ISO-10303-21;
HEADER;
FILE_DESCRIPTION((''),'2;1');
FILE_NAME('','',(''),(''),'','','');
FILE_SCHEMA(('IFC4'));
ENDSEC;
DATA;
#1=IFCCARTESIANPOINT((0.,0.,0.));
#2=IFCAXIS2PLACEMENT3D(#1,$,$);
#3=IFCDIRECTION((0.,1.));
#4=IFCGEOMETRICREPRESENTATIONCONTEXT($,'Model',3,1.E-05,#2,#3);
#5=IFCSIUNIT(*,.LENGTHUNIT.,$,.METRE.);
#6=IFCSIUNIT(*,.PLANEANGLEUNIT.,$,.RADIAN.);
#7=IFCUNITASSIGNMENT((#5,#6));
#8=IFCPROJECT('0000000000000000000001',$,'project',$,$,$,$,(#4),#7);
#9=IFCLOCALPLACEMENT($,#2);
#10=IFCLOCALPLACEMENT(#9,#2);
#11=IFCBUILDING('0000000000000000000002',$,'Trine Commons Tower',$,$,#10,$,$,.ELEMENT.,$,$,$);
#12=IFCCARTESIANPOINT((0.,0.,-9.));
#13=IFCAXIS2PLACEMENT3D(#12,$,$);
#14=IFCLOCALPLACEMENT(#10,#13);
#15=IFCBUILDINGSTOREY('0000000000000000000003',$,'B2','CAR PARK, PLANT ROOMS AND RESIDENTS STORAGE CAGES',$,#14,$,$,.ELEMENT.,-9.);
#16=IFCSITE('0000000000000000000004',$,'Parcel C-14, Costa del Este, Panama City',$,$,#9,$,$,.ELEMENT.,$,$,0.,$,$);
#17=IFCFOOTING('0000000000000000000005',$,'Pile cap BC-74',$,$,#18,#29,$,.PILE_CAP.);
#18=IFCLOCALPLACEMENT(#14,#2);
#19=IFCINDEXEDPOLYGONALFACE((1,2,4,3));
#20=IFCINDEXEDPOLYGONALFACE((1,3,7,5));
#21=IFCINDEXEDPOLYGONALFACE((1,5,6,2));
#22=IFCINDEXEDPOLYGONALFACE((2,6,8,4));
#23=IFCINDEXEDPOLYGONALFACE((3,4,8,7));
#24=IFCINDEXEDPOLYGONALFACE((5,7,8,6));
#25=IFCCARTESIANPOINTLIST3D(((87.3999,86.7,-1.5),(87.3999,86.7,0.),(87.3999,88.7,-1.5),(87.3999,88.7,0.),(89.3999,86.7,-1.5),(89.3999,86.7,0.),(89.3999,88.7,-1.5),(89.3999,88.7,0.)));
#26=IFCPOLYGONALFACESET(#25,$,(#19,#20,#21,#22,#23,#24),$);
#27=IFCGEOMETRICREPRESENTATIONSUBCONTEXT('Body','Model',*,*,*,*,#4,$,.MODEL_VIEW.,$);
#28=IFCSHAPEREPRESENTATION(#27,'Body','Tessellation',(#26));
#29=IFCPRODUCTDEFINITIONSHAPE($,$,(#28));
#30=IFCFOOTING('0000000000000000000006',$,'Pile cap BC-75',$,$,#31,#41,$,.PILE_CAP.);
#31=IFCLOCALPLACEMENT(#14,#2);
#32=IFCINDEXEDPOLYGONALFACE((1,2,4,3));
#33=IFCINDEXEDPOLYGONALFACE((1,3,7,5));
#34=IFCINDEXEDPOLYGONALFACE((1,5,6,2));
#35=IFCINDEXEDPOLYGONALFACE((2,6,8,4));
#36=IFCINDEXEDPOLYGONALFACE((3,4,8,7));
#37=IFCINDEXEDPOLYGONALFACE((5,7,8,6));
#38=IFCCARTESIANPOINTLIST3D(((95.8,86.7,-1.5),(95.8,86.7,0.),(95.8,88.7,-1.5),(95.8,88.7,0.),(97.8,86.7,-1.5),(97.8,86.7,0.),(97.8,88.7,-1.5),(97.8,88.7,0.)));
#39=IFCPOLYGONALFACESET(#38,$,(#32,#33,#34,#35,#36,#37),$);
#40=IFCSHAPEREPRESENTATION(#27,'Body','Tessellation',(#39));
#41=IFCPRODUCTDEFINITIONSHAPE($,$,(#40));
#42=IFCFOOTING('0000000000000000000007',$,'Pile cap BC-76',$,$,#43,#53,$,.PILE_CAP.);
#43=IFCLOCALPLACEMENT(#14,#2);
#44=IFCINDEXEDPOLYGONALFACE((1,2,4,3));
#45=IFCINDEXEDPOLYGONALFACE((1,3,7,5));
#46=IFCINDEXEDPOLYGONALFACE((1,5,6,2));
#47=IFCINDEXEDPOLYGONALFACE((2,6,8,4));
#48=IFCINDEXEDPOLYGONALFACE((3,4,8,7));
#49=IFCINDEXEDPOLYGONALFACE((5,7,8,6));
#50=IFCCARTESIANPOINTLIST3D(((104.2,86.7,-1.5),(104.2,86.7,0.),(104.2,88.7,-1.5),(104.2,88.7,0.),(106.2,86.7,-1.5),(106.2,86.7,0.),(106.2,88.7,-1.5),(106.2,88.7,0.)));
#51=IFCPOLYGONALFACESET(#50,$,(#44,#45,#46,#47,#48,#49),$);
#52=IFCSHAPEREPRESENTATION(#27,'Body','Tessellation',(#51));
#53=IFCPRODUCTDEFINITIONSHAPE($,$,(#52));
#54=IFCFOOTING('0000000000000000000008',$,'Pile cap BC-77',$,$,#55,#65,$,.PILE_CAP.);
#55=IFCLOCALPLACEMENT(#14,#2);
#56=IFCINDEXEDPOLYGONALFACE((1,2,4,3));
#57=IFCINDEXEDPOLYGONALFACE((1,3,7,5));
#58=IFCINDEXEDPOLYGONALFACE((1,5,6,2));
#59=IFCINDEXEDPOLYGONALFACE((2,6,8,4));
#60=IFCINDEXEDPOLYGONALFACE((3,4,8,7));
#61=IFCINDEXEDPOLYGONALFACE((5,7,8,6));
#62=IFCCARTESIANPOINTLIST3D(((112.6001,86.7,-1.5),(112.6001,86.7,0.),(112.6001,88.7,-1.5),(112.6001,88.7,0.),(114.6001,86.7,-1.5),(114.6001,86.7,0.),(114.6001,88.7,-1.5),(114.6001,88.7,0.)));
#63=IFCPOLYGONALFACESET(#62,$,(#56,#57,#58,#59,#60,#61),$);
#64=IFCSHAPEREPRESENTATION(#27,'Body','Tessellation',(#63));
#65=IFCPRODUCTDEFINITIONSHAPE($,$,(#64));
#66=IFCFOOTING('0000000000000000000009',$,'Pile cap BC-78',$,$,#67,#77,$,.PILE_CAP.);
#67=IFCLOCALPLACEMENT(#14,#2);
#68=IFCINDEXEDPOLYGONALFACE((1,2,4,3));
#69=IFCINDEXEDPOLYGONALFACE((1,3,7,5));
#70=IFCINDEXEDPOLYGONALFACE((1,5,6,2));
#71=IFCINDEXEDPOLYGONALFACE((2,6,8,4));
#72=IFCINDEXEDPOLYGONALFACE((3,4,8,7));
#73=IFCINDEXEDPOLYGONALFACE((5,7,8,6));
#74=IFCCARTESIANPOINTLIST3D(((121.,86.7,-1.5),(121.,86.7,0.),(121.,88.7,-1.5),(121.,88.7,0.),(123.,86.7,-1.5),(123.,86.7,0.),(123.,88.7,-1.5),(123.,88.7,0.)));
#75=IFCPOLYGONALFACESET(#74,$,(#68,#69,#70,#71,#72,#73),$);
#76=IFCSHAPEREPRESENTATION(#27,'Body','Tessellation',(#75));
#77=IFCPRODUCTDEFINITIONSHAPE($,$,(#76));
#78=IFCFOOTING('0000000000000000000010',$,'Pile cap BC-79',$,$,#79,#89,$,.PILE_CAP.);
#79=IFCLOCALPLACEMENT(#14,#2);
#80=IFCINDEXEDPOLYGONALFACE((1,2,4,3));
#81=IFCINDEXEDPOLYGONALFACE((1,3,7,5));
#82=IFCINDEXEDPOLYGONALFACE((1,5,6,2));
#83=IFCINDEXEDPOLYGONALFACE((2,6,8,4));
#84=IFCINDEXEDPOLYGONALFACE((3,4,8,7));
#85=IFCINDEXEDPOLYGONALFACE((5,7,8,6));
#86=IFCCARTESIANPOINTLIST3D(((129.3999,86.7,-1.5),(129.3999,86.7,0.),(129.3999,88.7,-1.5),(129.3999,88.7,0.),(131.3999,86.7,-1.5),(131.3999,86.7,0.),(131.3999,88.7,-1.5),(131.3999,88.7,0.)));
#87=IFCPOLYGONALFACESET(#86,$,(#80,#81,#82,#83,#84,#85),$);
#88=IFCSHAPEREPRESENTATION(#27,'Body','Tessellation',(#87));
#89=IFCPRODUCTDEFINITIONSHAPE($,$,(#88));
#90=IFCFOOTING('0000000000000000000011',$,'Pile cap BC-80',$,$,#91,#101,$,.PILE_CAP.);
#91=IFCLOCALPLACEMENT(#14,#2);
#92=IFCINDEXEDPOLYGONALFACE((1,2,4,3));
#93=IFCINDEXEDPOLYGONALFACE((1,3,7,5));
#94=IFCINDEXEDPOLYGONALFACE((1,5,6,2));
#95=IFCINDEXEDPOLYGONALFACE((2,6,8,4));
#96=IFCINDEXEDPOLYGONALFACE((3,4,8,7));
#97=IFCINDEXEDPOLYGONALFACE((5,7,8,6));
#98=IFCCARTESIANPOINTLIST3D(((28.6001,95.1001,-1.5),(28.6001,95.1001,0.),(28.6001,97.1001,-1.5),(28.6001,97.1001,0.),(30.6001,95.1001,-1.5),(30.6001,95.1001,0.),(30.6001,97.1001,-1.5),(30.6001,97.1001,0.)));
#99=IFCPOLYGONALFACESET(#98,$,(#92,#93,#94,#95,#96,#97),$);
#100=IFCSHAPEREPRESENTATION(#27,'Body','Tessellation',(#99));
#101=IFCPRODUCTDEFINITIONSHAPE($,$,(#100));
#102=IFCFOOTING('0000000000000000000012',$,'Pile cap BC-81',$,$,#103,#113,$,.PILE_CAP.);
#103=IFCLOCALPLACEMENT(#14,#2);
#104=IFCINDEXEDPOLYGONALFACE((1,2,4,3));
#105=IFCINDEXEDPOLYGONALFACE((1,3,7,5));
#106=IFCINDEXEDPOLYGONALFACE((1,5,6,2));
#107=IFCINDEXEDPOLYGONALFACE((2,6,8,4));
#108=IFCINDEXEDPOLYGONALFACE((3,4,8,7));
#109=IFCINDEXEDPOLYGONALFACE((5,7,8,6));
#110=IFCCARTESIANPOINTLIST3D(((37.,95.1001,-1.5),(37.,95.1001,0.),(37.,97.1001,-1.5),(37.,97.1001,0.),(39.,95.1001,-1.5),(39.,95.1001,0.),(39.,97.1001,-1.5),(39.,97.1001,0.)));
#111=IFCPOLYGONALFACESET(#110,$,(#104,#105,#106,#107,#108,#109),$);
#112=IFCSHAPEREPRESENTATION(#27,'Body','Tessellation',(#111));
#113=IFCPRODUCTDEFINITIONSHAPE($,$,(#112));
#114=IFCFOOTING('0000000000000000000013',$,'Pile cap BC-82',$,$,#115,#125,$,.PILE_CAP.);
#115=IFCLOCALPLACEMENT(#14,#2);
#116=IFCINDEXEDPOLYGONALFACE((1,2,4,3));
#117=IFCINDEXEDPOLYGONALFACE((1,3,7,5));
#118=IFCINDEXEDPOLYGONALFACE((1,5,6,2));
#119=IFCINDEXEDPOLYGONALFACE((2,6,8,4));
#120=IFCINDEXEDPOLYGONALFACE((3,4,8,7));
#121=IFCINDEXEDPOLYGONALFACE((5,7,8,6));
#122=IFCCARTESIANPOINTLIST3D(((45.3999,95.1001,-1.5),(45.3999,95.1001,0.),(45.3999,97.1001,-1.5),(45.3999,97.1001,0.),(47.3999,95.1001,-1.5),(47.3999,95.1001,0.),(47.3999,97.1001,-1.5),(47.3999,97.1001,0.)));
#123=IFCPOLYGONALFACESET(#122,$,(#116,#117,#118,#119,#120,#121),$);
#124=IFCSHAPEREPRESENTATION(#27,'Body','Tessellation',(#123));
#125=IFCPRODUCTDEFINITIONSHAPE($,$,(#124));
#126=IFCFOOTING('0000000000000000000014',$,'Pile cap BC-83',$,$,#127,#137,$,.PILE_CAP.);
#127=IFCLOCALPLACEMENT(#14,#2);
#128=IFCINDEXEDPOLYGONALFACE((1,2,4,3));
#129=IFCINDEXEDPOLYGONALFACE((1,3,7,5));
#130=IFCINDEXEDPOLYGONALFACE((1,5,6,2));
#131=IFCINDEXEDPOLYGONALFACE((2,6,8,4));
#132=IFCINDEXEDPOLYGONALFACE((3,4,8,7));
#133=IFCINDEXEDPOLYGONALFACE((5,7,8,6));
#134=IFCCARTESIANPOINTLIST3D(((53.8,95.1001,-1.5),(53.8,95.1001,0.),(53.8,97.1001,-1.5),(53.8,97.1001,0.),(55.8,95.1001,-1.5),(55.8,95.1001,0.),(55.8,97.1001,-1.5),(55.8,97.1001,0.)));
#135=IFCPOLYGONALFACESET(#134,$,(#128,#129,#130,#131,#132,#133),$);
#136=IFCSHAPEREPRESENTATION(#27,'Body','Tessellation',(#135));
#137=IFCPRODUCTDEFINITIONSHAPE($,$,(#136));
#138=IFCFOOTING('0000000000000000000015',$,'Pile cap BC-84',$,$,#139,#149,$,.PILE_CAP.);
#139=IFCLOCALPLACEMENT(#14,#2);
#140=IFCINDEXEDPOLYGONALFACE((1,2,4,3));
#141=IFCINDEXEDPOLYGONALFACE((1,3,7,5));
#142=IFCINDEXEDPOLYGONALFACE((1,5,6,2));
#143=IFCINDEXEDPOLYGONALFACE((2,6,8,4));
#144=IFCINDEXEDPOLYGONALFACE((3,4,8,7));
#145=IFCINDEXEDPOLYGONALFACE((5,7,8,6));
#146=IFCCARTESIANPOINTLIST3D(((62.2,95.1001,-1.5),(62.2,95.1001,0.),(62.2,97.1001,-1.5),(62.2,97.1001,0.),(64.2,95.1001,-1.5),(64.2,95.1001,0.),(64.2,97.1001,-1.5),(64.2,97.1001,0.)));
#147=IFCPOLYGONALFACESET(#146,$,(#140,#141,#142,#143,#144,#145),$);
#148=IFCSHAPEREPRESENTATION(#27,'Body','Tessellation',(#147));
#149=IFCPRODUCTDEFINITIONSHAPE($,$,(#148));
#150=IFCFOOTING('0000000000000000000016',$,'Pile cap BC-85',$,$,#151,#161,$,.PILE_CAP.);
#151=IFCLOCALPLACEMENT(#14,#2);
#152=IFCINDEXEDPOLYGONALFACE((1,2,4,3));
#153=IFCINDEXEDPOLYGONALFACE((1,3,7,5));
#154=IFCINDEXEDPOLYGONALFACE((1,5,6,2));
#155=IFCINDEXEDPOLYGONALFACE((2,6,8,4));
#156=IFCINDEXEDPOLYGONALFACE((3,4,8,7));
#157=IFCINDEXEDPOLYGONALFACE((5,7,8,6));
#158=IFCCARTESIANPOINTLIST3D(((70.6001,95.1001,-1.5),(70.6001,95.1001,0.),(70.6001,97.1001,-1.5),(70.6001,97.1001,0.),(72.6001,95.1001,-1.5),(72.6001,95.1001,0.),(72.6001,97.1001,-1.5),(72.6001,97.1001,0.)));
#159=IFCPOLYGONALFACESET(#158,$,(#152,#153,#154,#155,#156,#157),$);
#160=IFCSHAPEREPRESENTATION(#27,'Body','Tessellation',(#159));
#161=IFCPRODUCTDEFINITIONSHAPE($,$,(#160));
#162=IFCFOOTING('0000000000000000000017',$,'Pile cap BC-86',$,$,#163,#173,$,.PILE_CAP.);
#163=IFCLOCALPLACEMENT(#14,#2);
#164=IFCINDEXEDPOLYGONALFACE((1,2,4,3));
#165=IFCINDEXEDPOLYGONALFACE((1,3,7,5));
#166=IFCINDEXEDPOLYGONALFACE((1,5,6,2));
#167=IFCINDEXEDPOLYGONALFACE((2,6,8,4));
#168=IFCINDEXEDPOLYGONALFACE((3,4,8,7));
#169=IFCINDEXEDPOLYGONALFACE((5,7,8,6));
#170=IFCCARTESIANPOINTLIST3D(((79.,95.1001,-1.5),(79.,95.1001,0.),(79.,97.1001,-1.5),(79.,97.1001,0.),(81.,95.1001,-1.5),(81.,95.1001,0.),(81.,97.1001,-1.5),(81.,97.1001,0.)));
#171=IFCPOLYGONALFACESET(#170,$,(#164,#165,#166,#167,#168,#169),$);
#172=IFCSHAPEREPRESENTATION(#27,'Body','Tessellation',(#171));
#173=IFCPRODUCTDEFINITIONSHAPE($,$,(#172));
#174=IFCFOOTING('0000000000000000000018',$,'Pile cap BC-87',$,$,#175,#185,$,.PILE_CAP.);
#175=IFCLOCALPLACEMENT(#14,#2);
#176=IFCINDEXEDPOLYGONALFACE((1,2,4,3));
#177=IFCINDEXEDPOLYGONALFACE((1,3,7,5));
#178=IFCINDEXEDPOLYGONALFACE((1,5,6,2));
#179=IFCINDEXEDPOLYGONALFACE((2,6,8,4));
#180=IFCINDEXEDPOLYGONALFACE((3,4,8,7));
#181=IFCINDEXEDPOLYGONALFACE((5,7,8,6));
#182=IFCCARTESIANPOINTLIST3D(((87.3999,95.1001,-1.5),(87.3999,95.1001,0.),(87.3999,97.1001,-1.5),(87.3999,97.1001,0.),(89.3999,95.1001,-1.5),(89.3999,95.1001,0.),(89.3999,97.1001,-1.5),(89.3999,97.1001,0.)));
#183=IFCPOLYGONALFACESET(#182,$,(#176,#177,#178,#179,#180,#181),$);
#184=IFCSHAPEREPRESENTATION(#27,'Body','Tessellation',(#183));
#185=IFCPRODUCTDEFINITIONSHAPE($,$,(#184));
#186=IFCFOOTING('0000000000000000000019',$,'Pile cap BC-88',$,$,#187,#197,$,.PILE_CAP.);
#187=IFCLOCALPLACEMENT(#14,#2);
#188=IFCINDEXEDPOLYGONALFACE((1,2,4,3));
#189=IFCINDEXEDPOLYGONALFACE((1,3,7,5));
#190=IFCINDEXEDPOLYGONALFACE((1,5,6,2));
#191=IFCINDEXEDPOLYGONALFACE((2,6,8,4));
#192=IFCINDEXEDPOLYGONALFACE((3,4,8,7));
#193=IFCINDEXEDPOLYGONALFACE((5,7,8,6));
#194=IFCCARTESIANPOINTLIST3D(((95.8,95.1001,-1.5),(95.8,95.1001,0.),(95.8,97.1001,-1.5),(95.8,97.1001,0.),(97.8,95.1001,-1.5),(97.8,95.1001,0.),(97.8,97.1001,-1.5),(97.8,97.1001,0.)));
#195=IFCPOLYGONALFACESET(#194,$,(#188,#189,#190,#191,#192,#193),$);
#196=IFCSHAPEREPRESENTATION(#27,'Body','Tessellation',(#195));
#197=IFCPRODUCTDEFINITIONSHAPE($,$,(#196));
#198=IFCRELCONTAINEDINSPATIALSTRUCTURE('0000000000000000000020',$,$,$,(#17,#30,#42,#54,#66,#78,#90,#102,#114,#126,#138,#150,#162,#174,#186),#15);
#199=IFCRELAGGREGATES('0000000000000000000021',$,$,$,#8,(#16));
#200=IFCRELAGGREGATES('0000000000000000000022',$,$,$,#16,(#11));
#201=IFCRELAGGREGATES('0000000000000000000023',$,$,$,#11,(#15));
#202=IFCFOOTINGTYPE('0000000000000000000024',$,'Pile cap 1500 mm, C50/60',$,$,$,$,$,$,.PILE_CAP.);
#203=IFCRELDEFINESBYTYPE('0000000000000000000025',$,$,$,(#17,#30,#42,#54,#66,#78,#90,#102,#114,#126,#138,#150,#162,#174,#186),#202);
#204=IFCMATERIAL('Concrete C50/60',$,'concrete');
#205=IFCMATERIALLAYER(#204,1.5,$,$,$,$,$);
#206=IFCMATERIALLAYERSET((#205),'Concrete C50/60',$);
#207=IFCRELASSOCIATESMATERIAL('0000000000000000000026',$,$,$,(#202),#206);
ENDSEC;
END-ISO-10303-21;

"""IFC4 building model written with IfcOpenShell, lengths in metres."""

from ifc_helpers import new_model, si_unit, direction, frame, origin, place, context, subcontext, project, spatial, polyline, outline, extrude, material, layer, layer_set, type_object, element, save


model = new_model("IFC4")

# Units and contexts
model_context = context("Model", 3, precision=1e-05, world=origin(), true_north=direction((0.0, 1.0)))
body_context = subcontext(model_context, "Body", "Model", "MODEL_VIEW")
ifc_project = project(units=[si_unit("LENGTHUNIT", "METRE"), si_unit("PLANEANGLEUNIT", "RADIAN")], contexts=[model_context])

# Site, building, storey
site_placement = place(None, origin())
site = spatial("IfcSite", under=ifc_project, at=site_placement, Name="Parcel C-14, Costa del Este, Panama City", CompositionType="ELEMENT", RefElevation=0.0)
building_placement = place(site_placement, origin())
building = spatial("IfcBuilding", under=site, at=building_placement, Name="Trine Commons Tower", CompositionType="ELEMENT")
storey_placement = place(building_placement, frame((0.0, 0.0, -9.0)))
storey = spatial("IfcBuildingStorey", under=building, at=storey_placement, Name="B2", Description="CAR PARK, PLANT ROOMS AND RESIDENTS STORAGE CAGES", CompositionType="ELEMENT", Elevation=-9.0)

# Footings
ifc_material_1 = material(Name="Concrete C50/60", Category="concrete")
ifc_layer_1 = layer(ifc_material_1, 1.5)
ifc_layer_set_1 = layer_set([ifc_layer_1], Name="Concrete C50/60")
footing_type_1 = type_object("IfcFootingType", Name="Pile cap 1500 mm, C50/60", PredefinedType="PILE_CAP", material=ifc_layer_set_1)
footing_1_placement = place(storey_placement, frame((0.0, 0.0, -1.5)))
element("IfcFooting", 1, at=footing_1_placement, inside=storey, type_object=footing_type_1, Name="Pile cap BC-74", PredefinedType="PILE_CAP", context=body_context, shape_type="SweptSolid", body=[
    extrude(outline(polyline([(87.3999, 86.7), (87.3999, 88.7), (89.3999, 88.7), (89.3999, 86.7), (87.3999, 86.7)])), origin(), (0.0, 0.0, 1.0), 1.5),
])
footing_2_placement = place(storey_placement, frame((0.0, 0.0, -1.5)))
element("IfcFooting", 2, at=footing_2_placement, inside=storey, type_object=footing_type_1, Name="Pile cap BC-75", PredefinedType="PILE_CAP", context=body_context, shape_type="SweptSolid", body=[
    extrude(outline(polyline([(95.8, 86.7), (95.8, 88.7), (97.8, 88.7), (97.8, 86.7), (95.8, 86.7)])), origin(), (0.0, 0.0, 1.0), 1.5),
])
footing_3_placement = place(storey_placement, frame((0.0, 0.0, -1.5)))
element("IfcFooting", 3, at=footing_3_placement, inside=storey, type_object=footing_type_1, Name="Pile cap BC-76", PredefinedType="PILE_CAP", context=body_context, shape_type="SweptSolid", body=[
    extrude(outline(polyline([(104.2, 86.7), (104.2, 88.7), (106.2, 88.7), (106.2, 86.7), (104.2, 86.7)])), origin(), (0.0, 0.0, 1.0), 1.5),
])
footing_4_placement = place(storey_placement, frame((0.0, 0.0, -1.5)))
element("IfcFooting", 4, at=footing_4_placement, inside=storey, type_object=footing_type_1, Name="Pile cap BC-77", PredefinedType="PILE_CAP", context=body_context, shape_type="SweptSolid", body=[
    extrude(outline(polyline([(112.6001, 86.7), (112.6001, 88.7), (114.6001, 88.7), (114.6001, 86.7), (112.6001, 86.7)])), origin(), (0.0, 0.0, 1.0), 1.5),
])
footing_5_placement = place(storey_placement, frame((0.0, 0.0, -1.5)))
element("IfcFooting", 5, at=footing_5_placement, inside=storey, type_object=footing_type_1, Name="Pile cap BC-78", PredefinedType="PILE_CAP", context=body_context, shape_type="SweptSolid", body=[
    extrude(outline(polyline([(121.0, 86.7), (121.0, 88.7), (123.0, 88.7), (123.0, 86.7), (121.0, 86.7)])), origin(), (0.0, 0.0, 1.0), 1.5),
])
footing_6_placement = place(storey_placement, frame((0.0, 0.0, -1.5)))
element("IfcFooting", 6, at=footing_6_placement, inside=storey, type_object=footing_type_1, Name="Pile cap BC-79", PredefinedType="PILE_CAP", context=body_context, shape_type="SweptSolid", body=[
    extrude(outline(polyline([(129.3999, 86.7), (129.3999, 88.7), (131.3999, 88.7), (131.3999, 86.7), (129.3999, 86.7)])), origin(), (0.0, 0.0, 1.0), 1.5),
])
footing_7_placement = place(storey_placement, frame((0.0, 0.0, -1.5)))
element("IfcFooting", 7, at=footing_7_placement, inside=storey, type_object=footing_type_1, Name="Pile cap BC-80", PredefinedType="PILE_CAP", context=body_context, shape_type="SweptSolid", body=[
    extrude(outline(polyline([(28.6001, 95.1001), (28.6001, 97.1001), (30.6001, 97.1001), (30.6001, 95.1001), (28.6001, 95.1001)])), origin(), (0.0, 0.0, 1.0), 1.5),
])
footing_8_placement = place(storey_placement, frame((0.0, 0.0, -1.5)))
element("IfcFooting", 8, at=footing_8_placement, inside=storey, type_object=footing_type_1, Name="Pile cap BC-81", PredefinedType="PILE_CAP", context=body_context, shape_type="SweptSolid", body=[
    extrude(outline(polyline([(37.0, 95.1001), (37.0, 97.1001), (39.0, 97.1001), (39.0, 95.1001), (37.0, 95.1001)])), origin(), (0.0, 0.0, 1.0), 1.5),
])
footing_9_placement = place(storey_placement, frame((0.0, 0.0, -1.5)))
element("IfcFooting", 9, at=footing_9_placement, inside=storey, type_object=footing_type_1, Name="Pile cap BC-82", PredefinedType="PILE_CAP", context=body_context, shape_type="SweptSolid", body=[
    extrude(outline(polyline([(45.3999, 95.1001), (45.3999, 97.1001), (47.3999, 97.1001), (47.3999, 95.1001), (45.3999, 95.1001)])), origin(), (0.0, 0.0, 1.0), 1.5),
])
footing_10_placement = place(storey_placement, frame((0.0, 0.0, -1.5)))
element("IfcFooting", 10, at=footing_10_placement, inside=storey, type_object=footing_type_1, Name="Pile cap BC-83", PredefinedType="PILE_CAP", context=body_context, shape_type="SweptSolid", body=[
    extrude(outline(polyline([(53.8, 95.1001), (53.8, 97.1001), (55.8, 97.1001), (55.8, 95.1001), (53.8, 95.1001)])), origin(), (0.0, 0.0, 1.0), 1.5),
])
footing_11_placement = place(storey_placement, frame((0.0, 0.0, -1.5)))
element("IfcFooting", 11, at=footing_11_placement, inside=storey, type_object=footing_type_1, Name="Pile cap BC-84", PredefinedType="PILE_CAP", context=body_context, shape_type="SweptSolid", body=[
    extrude(outline(polyline([(62.2, 95.1001), (62.2, 97.1001), (64.2, 97.1001), (64.2, 95.1001), (62.2, 95.1001)])), origin(), (0.0, 0.0, 1.0), 1.5),
])
footing_12_placement = place(storey_placement, frame((0.0, 0.0, -1.5)))
element("IfcFooting", 12, at=footing_12_placement, inside=storey, type_object=footing_type_1, Name="Pile cap BC-85", PredefinedType="PILE_CAP", context=body_context, shape_type="SweptSolid", body=[
    extrude(outline(polyline([(70.6001, 95.1001), (70.6001, 97.1001), (72.6001, 97.1001), (72.6001, 95.1001), (70.6001, 95.1001)])), origin(), (0.0, 0.0, 1.0), 1.5),
])
footing_13_placement = place(storey_placement, frame((0.0, 0.0, -1.5)))
element("IfcFooting", 13, at=footing_13_placement, inside=storey, type_object=footing_type_1, Name="Pile cap BC-86", PredefinedType="PILE_CAP", context=body_context, shape_type="SweptSolid", body=[
    extrude(outline(polyline([(79.0, 95.1001), (79.0, 97.1001), (81.0, 97.1001), (81.0, 95.1001), (79.0, 95.1001)])), origin(), (0.0, 0.0, 1.0), 1.5),
])
footing_14_placement = place(storey_placement, frame((0.0, 0.0, -1.5)))
element("IfcFooting", 14, at=footing_14_placement, inside=storey, type_object=footing_type_1, Name="Pile cap BC-87", PredefinedType="PILE_CAP", context=body_context, shape_type="SweptSolid", body=[
    extrude(outline(polyline([(87.3999, 95.1001), (87.3999, 97.1001), (89.3999, 97.1001), (89.3999, 95.1001), (87.3999, 95.1001)])), origin(), (0.0, 0.0, 1.0), 1.5),
])
footing_15_placement = place(storey_placement, frame((0.0, 0.0, -1.5)))
element("IfcFooting", 15, at=footing_15_placement, inside=storey, type_object=footing_type_1, Name="Pile cap BC-88", PredefinedType="PILE_CAP", context=body_context, shape_type="SweptSolid", body=[
    extrude(outline(polyline([(95.8, 95.1001), (95.8, 97.1001), (97.8, 97.1001), (97.8, 95.1001), (95.8, 95.1001)])), origin(), (0.0, 0.0, 1.0), 1.5),
])

save(model, "model.ifc")
